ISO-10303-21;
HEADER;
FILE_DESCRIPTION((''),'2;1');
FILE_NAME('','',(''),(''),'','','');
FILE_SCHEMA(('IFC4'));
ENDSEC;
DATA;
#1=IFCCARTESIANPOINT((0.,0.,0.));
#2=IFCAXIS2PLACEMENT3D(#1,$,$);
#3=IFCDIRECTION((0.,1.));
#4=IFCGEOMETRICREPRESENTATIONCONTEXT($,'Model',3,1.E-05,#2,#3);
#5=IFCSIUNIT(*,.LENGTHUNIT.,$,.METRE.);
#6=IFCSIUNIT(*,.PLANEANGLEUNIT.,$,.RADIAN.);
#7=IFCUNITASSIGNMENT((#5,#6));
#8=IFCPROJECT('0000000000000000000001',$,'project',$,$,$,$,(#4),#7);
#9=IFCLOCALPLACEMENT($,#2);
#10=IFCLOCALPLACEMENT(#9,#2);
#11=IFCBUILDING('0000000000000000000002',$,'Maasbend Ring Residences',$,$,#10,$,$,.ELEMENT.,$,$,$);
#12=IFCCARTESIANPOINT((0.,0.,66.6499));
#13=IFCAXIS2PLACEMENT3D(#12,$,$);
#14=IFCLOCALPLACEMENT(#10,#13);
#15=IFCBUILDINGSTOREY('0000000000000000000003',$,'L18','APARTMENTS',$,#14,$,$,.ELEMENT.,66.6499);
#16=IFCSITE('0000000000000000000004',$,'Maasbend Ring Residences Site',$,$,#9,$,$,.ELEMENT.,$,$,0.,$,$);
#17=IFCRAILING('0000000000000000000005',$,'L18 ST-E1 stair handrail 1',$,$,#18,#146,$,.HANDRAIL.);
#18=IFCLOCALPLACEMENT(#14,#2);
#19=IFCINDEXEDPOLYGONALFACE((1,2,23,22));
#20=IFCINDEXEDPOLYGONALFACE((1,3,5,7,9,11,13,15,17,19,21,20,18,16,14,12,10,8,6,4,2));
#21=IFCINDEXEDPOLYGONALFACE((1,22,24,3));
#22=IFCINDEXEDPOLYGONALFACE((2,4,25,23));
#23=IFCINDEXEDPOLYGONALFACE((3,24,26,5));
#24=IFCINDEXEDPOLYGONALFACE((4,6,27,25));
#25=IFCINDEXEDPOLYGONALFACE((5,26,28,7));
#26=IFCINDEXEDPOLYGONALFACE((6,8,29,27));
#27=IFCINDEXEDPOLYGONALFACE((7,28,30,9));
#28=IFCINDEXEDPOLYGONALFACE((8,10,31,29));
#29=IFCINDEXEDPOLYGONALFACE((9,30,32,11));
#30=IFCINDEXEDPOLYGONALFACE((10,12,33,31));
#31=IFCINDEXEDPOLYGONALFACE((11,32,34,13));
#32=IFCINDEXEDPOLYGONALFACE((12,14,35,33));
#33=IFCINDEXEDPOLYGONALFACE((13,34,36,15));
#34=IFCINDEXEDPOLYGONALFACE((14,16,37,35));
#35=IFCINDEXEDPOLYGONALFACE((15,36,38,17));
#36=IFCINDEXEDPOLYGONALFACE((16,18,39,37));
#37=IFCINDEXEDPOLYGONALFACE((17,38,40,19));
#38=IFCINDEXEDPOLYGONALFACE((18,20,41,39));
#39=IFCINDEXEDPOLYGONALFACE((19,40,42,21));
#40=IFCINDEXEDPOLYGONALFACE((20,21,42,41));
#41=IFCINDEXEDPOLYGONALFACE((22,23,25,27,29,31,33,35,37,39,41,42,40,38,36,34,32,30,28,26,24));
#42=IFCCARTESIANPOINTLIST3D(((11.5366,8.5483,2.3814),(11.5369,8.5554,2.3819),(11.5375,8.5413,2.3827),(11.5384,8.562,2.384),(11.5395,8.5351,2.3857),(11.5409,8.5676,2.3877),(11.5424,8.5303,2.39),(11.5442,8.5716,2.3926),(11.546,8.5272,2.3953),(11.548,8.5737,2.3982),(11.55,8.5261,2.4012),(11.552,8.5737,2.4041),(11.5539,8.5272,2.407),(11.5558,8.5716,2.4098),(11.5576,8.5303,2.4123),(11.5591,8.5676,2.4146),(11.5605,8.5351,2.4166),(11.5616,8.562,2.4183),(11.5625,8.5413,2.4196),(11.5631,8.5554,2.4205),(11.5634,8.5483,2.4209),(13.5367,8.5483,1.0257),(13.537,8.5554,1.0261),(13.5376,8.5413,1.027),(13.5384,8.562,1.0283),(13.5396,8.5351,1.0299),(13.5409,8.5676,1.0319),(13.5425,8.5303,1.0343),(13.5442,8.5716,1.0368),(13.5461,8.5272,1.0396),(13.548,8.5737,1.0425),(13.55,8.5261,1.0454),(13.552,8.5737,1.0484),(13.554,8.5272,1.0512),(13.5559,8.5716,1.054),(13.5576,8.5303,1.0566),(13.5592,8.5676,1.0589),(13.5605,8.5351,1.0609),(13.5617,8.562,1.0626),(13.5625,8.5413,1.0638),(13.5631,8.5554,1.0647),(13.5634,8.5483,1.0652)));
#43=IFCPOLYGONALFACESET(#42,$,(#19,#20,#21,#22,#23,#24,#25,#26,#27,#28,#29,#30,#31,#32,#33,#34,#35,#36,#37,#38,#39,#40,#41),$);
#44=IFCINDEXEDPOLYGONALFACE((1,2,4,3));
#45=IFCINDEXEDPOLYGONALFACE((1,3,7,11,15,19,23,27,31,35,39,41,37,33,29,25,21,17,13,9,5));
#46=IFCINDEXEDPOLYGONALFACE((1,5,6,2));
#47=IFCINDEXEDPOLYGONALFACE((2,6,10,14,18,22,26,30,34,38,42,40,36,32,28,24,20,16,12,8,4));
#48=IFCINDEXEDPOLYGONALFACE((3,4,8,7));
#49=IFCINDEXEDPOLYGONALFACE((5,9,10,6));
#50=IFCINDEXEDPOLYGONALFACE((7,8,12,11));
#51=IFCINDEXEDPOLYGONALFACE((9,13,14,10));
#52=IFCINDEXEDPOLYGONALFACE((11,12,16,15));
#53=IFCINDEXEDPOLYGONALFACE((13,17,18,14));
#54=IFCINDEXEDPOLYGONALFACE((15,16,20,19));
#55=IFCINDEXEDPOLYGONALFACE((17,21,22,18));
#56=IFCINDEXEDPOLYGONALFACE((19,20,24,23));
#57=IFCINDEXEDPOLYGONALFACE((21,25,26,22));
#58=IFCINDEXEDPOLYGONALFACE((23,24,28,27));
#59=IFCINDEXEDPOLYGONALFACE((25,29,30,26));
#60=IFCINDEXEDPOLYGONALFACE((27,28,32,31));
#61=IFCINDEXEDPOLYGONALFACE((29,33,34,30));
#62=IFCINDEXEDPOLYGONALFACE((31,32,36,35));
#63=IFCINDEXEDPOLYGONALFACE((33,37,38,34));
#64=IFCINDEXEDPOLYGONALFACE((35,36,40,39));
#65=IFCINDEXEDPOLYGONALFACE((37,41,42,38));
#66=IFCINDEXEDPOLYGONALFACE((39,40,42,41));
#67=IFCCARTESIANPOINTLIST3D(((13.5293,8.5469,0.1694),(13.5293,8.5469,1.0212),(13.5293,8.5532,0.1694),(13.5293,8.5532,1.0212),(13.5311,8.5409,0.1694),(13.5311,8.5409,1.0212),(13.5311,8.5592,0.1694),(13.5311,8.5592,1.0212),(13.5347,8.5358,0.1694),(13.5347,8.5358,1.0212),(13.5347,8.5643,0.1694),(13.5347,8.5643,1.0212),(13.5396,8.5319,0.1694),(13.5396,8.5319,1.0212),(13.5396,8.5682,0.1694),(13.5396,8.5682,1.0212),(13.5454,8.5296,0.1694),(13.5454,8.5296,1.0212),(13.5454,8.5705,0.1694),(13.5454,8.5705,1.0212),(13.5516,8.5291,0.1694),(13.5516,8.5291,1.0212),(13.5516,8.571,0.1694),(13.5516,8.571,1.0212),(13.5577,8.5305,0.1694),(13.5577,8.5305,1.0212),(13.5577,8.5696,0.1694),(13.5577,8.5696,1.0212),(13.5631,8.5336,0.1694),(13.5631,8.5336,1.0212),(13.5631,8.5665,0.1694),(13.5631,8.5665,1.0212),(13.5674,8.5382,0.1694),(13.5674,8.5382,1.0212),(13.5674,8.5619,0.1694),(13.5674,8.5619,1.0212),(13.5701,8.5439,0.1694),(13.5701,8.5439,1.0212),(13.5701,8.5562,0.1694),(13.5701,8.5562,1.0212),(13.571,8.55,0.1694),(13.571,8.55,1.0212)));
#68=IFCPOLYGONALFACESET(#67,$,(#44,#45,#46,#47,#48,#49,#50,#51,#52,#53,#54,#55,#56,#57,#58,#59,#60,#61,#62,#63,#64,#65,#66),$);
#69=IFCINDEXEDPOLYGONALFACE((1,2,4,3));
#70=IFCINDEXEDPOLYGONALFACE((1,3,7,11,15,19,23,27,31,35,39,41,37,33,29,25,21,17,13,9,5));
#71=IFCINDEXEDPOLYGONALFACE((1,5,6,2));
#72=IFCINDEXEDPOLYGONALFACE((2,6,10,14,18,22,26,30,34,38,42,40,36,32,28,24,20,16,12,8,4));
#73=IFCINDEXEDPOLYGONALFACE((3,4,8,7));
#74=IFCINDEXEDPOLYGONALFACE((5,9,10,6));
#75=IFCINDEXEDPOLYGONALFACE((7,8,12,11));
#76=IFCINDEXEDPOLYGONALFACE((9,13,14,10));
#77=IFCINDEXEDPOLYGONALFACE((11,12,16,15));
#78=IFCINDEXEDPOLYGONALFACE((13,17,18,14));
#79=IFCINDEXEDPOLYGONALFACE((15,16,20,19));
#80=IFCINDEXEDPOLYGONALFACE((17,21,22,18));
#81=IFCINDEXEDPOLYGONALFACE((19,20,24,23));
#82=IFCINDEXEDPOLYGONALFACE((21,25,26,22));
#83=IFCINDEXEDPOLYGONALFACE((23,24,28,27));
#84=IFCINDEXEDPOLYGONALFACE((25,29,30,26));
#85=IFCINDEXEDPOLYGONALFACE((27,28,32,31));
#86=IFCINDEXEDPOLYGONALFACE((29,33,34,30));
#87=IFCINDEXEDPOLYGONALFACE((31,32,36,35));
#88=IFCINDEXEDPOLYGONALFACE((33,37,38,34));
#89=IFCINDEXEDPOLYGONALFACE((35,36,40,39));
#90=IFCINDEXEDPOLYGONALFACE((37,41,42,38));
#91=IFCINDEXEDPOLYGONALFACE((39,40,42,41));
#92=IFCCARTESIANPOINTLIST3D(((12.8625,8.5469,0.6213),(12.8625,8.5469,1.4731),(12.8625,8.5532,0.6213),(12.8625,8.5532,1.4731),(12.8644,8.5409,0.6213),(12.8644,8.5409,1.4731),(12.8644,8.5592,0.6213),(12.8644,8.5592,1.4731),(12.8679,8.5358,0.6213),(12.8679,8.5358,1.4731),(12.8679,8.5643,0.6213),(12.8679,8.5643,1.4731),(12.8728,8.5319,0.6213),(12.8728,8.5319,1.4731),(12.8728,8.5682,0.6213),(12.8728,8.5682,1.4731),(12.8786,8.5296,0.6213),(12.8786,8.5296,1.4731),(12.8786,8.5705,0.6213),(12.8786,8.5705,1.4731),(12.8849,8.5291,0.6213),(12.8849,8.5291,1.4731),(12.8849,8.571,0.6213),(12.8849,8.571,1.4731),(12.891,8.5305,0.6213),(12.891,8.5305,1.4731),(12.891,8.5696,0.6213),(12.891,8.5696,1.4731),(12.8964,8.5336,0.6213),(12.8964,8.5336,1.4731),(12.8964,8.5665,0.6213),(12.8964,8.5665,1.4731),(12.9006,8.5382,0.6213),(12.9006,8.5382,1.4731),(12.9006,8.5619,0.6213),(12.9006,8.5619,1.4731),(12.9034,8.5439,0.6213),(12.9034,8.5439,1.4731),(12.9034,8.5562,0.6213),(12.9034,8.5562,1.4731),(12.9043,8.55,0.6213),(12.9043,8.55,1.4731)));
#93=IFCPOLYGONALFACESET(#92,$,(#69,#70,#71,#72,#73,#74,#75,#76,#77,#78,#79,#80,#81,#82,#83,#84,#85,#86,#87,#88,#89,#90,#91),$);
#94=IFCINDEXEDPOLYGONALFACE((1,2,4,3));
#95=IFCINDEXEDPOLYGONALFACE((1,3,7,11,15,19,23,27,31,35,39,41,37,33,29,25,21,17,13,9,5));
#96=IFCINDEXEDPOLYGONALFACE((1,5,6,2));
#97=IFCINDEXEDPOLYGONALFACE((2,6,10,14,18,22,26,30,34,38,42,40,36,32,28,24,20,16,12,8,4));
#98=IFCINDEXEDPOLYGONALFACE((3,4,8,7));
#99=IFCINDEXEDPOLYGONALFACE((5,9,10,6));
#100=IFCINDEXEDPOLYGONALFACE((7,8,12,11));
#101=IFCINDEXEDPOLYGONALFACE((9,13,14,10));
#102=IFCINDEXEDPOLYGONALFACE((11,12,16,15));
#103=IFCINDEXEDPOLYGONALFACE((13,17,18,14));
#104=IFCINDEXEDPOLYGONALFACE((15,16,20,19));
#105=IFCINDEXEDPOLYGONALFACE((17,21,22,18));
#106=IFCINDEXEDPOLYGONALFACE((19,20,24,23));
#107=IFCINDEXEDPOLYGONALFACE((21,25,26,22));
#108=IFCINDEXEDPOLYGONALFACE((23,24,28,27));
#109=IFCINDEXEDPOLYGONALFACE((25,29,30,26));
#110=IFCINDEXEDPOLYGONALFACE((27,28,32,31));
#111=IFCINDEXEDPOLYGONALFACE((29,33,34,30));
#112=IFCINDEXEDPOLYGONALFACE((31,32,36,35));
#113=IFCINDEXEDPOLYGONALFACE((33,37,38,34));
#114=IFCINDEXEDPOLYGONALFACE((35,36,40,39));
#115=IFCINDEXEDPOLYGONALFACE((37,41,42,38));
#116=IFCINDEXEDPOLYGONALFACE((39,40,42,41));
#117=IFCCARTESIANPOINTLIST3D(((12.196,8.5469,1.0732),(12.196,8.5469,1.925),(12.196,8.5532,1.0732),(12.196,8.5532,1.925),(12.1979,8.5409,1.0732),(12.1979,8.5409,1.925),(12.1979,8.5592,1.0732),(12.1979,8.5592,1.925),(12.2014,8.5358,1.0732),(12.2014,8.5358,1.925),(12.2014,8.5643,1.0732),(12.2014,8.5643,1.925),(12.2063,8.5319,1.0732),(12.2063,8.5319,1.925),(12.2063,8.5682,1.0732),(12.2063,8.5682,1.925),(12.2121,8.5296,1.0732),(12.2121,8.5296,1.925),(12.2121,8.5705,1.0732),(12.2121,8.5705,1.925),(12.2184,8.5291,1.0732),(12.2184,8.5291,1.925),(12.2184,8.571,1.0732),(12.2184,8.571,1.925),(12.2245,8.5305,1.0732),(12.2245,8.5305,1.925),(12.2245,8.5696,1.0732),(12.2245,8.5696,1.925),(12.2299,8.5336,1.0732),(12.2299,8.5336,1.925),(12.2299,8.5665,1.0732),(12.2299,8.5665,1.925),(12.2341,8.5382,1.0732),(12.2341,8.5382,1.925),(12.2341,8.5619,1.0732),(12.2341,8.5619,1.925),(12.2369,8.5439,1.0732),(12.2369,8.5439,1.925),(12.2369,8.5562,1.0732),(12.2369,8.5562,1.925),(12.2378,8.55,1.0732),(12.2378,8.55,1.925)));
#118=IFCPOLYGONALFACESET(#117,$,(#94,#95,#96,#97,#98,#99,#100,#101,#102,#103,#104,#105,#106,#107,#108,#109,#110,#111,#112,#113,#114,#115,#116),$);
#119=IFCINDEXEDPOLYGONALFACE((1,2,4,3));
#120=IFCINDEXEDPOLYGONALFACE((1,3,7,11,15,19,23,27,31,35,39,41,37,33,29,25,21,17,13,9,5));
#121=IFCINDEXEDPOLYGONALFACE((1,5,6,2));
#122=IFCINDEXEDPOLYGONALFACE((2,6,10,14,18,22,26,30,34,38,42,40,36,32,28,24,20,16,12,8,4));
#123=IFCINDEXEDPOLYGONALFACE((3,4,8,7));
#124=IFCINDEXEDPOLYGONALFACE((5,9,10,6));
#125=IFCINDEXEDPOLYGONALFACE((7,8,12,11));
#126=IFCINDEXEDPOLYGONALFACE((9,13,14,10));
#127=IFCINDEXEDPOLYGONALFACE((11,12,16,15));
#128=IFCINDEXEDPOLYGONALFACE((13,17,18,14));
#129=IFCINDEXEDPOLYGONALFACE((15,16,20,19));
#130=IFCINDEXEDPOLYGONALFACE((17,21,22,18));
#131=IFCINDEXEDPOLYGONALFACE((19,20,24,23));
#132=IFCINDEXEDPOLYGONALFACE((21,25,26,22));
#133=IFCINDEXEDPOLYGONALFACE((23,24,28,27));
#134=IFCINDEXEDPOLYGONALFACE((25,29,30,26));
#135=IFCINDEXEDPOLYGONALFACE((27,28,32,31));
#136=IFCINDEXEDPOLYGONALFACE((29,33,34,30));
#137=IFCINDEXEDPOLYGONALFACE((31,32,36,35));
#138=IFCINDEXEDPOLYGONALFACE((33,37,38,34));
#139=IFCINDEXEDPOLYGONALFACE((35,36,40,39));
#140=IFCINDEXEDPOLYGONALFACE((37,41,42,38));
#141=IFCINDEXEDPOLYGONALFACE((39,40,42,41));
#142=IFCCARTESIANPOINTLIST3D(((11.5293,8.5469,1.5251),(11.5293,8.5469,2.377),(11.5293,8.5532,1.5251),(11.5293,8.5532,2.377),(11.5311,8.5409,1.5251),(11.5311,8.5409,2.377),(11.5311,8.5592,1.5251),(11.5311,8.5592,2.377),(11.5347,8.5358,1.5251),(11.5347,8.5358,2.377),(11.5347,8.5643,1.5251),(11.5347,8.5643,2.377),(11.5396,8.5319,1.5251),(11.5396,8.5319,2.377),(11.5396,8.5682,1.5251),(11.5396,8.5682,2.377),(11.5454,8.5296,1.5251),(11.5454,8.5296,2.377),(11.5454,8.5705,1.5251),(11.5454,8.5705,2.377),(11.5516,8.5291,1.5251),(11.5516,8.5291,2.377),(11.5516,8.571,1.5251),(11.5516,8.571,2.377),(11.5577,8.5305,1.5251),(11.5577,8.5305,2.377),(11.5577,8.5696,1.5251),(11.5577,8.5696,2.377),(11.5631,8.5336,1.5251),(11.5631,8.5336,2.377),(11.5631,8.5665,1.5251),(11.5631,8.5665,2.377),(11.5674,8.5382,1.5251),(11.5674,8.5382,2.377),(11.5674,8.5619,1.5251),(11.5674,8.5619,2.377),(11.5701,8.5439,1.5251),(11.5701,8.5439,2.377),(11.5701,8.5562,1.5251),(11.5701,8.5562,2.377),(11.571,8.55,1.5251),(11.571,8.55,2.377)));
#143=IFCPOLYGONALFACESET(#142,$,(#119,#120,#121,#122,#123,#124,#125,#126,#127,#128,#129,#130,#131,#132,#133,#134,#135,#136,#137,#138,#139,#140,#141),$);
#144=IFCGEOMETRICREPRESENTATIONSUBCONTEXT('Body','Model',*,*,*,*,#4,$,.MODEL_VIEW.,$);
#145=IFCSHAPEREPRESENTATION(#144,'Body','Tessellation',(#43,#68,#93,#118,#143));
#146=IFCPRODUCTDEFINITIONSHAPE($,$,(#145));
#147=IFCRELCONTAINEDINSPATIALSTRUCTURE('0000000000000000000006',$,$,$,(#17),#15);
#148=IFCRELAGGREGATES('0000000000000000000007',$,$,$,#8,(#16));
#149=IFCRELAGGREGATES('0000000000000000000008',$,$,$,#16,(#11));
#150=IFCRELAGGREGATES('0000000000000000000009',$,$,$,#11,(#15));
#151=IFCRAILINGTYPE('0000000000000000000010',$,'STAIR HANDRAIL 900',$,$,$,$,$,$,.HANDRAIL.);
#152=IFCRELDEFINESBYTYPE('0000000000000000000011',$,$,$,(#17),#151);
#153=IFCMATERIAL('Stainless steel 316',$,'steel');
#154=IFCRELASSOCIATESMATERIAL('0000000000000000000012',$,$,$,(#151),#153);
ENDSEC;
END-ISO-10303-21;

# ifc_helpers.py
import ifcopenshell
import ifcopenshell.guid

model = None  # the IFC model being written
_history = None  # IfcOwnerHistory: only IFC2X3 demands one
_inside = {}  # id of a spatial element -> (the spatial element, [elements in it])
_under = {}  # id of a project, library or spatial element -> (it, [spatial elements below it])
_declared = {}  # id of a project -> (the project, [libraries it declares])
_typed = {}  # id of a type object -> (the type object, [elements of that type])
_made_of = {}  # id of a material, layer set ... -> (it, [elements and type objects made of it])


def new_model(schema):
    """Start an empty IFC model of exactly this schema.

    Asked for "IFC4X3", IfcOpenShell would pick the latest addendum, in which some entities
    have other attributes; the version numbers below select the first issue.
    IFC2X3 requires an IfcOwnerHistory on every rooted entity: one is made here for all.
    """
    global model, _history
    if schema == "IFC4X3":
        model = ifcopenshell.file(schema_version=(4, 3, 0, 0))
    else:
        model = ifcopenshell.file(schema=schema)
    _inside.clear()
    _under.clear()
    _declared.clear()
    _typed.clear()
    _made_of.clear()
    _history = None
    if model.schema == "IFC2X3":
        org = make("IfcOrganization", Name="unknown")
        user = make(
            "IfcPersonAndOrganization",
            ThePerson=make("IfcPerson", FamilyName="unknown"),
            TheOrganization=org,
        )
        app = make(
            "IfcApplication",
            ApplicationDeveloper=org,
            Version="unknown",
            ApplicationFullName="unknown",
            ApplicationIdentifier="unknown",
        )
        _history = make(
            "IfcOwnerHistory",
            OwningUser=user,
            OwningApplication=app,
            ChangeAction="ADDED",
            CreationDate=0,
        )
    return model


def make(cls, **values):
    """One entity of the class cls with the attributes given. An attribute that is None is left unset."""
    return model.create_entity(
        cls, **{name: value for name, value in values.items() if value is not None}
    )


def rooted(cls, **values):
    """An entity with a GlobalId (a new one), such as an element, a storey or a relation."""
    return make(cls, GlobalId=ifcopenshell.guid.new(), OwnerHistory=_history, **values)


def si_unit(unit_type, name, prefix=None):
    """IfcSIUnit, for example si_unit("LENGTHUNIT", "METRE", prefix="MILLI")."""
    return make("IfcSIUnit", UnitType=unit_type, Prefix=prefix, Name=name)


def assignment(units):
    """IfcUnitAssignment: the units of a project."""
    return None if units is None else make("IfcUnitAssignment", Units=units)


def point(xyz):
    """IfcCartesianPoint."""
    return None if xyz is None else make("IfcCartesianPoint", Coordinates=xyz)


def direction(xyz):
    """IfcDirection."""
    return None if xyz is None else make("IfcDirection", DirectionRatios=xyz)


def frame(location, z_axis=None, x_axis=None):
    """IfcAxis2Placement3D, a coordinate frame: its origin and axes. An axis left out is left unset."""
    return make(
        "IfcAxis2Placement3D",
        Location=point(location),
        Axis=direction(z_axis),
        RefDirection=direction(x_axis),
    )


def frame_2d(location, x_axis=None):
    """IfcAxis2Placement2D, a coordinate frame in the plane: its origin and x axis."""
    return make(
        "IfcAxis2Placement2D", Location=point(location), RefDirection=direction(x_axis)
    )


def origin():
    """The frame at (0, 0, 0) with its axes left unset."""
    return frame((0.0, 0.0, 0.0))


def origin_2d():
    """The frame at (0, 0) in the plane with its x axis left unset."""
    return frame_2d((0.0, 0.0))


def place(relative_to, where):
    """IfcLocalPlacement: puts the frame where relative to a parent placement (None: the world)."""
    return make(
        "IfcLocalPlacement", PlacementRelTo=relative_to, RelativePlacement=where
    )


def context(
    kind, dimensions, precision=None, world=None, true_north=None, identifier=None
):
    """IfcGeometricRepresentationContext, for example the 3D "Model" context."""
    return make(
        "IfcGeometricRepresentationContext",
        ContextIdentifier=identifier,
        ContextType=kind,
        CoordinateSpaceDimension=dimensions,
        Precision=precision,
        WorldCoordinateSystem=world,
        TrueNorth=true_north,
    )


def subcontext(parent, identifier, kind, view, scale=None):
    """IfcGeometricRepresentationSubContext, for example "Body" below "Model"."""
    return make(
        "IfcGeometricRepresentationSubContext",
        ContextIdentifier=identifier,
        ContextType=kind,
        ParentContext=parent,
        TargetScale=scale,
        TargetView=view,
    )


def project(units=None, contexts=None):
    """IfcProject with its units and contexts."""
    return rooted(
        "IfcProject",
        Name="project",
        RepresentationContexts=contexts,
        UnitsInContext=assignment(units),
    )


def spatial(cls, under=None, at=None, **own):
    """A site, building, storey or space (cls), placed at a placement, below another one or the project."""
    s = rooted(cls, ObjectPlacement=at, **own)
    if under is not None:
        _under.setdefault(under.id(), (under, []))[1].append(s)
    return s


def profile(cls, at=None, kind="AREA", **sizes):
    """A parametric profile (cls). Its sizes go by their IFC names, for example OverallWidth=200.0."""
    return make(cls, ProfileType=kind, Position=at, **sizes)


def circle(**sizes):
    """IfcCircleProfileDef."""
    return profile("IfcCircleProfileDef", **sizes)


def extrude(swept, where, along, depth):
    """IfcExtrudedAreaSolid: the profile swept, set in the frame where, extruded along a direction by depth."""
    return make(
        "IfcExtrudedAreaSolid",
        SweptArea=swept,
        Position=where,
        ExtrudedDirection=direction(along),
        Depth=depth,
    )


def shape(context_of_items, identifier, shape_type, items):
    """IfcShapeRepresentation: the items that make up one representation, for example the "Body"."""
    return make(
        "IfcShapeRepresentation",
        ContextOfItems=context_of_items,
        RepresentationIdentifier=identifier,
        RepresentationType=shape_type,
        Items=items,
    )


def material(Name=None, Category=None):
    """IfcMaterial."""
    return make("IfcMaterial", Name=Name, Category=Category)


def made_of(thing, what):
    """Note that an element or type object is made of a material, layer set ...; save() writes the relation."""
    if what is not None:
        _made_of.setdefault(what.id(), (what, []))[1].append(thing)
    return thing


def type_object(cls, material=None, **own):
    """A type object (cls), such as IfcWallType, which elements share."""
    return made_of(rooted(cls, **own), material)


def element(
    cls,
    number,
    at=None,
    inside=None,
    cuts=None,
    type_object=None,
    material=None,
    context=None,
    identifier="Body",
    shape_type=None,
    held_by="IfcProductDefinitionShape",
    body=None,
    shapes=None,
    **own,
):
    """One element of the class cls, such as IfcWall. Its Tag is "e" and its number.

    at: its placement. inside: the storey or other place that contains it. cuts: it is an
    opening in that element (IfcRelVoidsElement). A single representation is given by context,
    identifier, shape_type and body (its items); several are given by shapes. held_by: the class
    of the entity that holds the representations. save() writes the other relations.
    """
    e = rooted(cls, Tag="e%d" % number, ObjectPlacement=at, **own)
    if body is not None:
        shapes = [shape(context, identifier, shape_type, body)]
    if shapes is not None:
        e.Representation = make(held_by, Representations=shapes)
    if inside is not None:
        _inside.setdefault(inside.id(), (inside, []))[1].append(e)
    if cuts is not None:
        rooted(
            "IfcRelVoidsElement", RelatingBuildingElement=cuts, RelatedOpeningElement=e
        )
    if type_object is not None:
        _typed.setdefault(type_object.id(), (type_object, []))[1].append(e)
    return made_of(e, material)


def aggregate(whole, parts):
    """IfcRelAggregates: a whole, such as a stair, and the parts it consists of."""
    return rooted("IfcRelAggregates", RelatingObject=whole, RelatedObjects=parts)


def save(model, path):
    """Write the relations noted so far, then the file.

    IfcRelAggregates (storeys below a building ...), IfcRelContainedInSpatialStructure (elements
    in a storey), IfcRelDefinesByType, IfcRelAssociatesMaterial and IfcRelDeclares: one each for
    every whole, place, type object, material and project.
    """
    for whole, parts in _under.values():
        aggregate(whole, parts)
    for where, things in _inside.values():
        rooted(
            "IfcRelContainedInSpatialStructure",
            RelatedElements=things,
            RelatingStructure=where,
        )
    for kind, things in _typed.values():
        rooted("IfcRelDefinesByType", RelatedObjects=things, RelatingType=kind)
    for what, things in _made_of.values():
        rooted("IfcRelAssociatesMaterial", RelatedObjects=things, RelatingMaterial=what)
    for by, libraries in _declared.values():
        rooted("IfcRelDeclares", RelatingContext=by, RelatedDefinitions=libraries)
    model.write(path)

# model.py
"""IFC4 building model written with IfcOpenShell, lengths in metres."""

from ifc_helpers import new_model, si_unit, direction, frame, origin, origin_2d, place, context, subcontext, project, spatial, circle, extrude, material, type_object, element, save


model = new_model("IFC4")

# Units and contexts
model_context = context("Model", 3, precision=1e-05, world=origin(), true_north=direction((0.0, 1.0)))
body_context = subcontext(model_context, "Body", "Model", "MODEL_VIEW")
ifc_project = project(units=[si_unit("LENGTHUNIT", "METRE"), si_unit("PLANEANGLEUNIT", "RADIAN")], contexts=[model_context])

# Site, building, storey
site_placement = place(None, origin())
site = spatial("IfcSite", under=ifc_project, at=site_placement, Name="Maasbend Ring Residences Site", CompositionType="ELEMENT", RefElevation=0.0)
building_placement = place(site_placement, origin())
building = spatial("IfcBuilding", under=site, at=building_placement, Name="Maasbend Ring Residences", CompositionType="ELEMENT")
storey_placement = place(building_placement, frame((0.0, 0.0, 66.6499)))
storey = spatial("IfcBuildingStorey", under=building, at=storey_placement, Name="L18", Description="APARTMENTS", CompositionType="ELEMENT", Elevation=66.6499)

# Railing
ifc_material_1 = material(Name="Stainless steel 316", Category="steel")
railing_type_1 = type_object("IfcRailingType", Name="STAIR HANDRAIL 900", PredefinedType="HANDRAIL", material=ifc_material_1)
railing_1_placement = place(storey_placement, frame((13.55, 8.55, 0.1694)))
element("IfcRailing", 1, at=railing_1_placement, inside=storey, type_object=railing_type_1, Name="L18 ST-E1 stair handrail 1", PredefinedType="HANDRAIL", context=body_context, shape_type="SweptSolid", body=[
    extrude(circle(Radius=0.0239, at=origin_2d()), frame((0.0, 0.0, 0.876), z_axis=(-0.827751, 0.0, 0.561096), x_axis=(0.0, -1.0, 0.0)), (0.0, 0.0, 1.0), 2.4163),
    extrude(circle(Radius=0.021, at=origin_2d()), origin(), (0.0, 0.0, 1.0), 0.8518),
    extrude(circle(Radius=0.021, at=origin_2d()), frame((-0.6667, 0.0, 0.4519)), (0.0, 0.0, 1.0), 0.8518),
    extrude(circle(Radius=0.021, at=origin_2d()), frame((-1.3333, 0.0, 0.9038)), (0.0, 0.0, 1.0), 0.8518),
    extrude(circle(Radius=0.021, at=origin_2d()), frame((-2.0, 0.0, 1.3557)), (0.0, 0.0, 1.0), 0.8518),
])

save(model, "model.ifc")
